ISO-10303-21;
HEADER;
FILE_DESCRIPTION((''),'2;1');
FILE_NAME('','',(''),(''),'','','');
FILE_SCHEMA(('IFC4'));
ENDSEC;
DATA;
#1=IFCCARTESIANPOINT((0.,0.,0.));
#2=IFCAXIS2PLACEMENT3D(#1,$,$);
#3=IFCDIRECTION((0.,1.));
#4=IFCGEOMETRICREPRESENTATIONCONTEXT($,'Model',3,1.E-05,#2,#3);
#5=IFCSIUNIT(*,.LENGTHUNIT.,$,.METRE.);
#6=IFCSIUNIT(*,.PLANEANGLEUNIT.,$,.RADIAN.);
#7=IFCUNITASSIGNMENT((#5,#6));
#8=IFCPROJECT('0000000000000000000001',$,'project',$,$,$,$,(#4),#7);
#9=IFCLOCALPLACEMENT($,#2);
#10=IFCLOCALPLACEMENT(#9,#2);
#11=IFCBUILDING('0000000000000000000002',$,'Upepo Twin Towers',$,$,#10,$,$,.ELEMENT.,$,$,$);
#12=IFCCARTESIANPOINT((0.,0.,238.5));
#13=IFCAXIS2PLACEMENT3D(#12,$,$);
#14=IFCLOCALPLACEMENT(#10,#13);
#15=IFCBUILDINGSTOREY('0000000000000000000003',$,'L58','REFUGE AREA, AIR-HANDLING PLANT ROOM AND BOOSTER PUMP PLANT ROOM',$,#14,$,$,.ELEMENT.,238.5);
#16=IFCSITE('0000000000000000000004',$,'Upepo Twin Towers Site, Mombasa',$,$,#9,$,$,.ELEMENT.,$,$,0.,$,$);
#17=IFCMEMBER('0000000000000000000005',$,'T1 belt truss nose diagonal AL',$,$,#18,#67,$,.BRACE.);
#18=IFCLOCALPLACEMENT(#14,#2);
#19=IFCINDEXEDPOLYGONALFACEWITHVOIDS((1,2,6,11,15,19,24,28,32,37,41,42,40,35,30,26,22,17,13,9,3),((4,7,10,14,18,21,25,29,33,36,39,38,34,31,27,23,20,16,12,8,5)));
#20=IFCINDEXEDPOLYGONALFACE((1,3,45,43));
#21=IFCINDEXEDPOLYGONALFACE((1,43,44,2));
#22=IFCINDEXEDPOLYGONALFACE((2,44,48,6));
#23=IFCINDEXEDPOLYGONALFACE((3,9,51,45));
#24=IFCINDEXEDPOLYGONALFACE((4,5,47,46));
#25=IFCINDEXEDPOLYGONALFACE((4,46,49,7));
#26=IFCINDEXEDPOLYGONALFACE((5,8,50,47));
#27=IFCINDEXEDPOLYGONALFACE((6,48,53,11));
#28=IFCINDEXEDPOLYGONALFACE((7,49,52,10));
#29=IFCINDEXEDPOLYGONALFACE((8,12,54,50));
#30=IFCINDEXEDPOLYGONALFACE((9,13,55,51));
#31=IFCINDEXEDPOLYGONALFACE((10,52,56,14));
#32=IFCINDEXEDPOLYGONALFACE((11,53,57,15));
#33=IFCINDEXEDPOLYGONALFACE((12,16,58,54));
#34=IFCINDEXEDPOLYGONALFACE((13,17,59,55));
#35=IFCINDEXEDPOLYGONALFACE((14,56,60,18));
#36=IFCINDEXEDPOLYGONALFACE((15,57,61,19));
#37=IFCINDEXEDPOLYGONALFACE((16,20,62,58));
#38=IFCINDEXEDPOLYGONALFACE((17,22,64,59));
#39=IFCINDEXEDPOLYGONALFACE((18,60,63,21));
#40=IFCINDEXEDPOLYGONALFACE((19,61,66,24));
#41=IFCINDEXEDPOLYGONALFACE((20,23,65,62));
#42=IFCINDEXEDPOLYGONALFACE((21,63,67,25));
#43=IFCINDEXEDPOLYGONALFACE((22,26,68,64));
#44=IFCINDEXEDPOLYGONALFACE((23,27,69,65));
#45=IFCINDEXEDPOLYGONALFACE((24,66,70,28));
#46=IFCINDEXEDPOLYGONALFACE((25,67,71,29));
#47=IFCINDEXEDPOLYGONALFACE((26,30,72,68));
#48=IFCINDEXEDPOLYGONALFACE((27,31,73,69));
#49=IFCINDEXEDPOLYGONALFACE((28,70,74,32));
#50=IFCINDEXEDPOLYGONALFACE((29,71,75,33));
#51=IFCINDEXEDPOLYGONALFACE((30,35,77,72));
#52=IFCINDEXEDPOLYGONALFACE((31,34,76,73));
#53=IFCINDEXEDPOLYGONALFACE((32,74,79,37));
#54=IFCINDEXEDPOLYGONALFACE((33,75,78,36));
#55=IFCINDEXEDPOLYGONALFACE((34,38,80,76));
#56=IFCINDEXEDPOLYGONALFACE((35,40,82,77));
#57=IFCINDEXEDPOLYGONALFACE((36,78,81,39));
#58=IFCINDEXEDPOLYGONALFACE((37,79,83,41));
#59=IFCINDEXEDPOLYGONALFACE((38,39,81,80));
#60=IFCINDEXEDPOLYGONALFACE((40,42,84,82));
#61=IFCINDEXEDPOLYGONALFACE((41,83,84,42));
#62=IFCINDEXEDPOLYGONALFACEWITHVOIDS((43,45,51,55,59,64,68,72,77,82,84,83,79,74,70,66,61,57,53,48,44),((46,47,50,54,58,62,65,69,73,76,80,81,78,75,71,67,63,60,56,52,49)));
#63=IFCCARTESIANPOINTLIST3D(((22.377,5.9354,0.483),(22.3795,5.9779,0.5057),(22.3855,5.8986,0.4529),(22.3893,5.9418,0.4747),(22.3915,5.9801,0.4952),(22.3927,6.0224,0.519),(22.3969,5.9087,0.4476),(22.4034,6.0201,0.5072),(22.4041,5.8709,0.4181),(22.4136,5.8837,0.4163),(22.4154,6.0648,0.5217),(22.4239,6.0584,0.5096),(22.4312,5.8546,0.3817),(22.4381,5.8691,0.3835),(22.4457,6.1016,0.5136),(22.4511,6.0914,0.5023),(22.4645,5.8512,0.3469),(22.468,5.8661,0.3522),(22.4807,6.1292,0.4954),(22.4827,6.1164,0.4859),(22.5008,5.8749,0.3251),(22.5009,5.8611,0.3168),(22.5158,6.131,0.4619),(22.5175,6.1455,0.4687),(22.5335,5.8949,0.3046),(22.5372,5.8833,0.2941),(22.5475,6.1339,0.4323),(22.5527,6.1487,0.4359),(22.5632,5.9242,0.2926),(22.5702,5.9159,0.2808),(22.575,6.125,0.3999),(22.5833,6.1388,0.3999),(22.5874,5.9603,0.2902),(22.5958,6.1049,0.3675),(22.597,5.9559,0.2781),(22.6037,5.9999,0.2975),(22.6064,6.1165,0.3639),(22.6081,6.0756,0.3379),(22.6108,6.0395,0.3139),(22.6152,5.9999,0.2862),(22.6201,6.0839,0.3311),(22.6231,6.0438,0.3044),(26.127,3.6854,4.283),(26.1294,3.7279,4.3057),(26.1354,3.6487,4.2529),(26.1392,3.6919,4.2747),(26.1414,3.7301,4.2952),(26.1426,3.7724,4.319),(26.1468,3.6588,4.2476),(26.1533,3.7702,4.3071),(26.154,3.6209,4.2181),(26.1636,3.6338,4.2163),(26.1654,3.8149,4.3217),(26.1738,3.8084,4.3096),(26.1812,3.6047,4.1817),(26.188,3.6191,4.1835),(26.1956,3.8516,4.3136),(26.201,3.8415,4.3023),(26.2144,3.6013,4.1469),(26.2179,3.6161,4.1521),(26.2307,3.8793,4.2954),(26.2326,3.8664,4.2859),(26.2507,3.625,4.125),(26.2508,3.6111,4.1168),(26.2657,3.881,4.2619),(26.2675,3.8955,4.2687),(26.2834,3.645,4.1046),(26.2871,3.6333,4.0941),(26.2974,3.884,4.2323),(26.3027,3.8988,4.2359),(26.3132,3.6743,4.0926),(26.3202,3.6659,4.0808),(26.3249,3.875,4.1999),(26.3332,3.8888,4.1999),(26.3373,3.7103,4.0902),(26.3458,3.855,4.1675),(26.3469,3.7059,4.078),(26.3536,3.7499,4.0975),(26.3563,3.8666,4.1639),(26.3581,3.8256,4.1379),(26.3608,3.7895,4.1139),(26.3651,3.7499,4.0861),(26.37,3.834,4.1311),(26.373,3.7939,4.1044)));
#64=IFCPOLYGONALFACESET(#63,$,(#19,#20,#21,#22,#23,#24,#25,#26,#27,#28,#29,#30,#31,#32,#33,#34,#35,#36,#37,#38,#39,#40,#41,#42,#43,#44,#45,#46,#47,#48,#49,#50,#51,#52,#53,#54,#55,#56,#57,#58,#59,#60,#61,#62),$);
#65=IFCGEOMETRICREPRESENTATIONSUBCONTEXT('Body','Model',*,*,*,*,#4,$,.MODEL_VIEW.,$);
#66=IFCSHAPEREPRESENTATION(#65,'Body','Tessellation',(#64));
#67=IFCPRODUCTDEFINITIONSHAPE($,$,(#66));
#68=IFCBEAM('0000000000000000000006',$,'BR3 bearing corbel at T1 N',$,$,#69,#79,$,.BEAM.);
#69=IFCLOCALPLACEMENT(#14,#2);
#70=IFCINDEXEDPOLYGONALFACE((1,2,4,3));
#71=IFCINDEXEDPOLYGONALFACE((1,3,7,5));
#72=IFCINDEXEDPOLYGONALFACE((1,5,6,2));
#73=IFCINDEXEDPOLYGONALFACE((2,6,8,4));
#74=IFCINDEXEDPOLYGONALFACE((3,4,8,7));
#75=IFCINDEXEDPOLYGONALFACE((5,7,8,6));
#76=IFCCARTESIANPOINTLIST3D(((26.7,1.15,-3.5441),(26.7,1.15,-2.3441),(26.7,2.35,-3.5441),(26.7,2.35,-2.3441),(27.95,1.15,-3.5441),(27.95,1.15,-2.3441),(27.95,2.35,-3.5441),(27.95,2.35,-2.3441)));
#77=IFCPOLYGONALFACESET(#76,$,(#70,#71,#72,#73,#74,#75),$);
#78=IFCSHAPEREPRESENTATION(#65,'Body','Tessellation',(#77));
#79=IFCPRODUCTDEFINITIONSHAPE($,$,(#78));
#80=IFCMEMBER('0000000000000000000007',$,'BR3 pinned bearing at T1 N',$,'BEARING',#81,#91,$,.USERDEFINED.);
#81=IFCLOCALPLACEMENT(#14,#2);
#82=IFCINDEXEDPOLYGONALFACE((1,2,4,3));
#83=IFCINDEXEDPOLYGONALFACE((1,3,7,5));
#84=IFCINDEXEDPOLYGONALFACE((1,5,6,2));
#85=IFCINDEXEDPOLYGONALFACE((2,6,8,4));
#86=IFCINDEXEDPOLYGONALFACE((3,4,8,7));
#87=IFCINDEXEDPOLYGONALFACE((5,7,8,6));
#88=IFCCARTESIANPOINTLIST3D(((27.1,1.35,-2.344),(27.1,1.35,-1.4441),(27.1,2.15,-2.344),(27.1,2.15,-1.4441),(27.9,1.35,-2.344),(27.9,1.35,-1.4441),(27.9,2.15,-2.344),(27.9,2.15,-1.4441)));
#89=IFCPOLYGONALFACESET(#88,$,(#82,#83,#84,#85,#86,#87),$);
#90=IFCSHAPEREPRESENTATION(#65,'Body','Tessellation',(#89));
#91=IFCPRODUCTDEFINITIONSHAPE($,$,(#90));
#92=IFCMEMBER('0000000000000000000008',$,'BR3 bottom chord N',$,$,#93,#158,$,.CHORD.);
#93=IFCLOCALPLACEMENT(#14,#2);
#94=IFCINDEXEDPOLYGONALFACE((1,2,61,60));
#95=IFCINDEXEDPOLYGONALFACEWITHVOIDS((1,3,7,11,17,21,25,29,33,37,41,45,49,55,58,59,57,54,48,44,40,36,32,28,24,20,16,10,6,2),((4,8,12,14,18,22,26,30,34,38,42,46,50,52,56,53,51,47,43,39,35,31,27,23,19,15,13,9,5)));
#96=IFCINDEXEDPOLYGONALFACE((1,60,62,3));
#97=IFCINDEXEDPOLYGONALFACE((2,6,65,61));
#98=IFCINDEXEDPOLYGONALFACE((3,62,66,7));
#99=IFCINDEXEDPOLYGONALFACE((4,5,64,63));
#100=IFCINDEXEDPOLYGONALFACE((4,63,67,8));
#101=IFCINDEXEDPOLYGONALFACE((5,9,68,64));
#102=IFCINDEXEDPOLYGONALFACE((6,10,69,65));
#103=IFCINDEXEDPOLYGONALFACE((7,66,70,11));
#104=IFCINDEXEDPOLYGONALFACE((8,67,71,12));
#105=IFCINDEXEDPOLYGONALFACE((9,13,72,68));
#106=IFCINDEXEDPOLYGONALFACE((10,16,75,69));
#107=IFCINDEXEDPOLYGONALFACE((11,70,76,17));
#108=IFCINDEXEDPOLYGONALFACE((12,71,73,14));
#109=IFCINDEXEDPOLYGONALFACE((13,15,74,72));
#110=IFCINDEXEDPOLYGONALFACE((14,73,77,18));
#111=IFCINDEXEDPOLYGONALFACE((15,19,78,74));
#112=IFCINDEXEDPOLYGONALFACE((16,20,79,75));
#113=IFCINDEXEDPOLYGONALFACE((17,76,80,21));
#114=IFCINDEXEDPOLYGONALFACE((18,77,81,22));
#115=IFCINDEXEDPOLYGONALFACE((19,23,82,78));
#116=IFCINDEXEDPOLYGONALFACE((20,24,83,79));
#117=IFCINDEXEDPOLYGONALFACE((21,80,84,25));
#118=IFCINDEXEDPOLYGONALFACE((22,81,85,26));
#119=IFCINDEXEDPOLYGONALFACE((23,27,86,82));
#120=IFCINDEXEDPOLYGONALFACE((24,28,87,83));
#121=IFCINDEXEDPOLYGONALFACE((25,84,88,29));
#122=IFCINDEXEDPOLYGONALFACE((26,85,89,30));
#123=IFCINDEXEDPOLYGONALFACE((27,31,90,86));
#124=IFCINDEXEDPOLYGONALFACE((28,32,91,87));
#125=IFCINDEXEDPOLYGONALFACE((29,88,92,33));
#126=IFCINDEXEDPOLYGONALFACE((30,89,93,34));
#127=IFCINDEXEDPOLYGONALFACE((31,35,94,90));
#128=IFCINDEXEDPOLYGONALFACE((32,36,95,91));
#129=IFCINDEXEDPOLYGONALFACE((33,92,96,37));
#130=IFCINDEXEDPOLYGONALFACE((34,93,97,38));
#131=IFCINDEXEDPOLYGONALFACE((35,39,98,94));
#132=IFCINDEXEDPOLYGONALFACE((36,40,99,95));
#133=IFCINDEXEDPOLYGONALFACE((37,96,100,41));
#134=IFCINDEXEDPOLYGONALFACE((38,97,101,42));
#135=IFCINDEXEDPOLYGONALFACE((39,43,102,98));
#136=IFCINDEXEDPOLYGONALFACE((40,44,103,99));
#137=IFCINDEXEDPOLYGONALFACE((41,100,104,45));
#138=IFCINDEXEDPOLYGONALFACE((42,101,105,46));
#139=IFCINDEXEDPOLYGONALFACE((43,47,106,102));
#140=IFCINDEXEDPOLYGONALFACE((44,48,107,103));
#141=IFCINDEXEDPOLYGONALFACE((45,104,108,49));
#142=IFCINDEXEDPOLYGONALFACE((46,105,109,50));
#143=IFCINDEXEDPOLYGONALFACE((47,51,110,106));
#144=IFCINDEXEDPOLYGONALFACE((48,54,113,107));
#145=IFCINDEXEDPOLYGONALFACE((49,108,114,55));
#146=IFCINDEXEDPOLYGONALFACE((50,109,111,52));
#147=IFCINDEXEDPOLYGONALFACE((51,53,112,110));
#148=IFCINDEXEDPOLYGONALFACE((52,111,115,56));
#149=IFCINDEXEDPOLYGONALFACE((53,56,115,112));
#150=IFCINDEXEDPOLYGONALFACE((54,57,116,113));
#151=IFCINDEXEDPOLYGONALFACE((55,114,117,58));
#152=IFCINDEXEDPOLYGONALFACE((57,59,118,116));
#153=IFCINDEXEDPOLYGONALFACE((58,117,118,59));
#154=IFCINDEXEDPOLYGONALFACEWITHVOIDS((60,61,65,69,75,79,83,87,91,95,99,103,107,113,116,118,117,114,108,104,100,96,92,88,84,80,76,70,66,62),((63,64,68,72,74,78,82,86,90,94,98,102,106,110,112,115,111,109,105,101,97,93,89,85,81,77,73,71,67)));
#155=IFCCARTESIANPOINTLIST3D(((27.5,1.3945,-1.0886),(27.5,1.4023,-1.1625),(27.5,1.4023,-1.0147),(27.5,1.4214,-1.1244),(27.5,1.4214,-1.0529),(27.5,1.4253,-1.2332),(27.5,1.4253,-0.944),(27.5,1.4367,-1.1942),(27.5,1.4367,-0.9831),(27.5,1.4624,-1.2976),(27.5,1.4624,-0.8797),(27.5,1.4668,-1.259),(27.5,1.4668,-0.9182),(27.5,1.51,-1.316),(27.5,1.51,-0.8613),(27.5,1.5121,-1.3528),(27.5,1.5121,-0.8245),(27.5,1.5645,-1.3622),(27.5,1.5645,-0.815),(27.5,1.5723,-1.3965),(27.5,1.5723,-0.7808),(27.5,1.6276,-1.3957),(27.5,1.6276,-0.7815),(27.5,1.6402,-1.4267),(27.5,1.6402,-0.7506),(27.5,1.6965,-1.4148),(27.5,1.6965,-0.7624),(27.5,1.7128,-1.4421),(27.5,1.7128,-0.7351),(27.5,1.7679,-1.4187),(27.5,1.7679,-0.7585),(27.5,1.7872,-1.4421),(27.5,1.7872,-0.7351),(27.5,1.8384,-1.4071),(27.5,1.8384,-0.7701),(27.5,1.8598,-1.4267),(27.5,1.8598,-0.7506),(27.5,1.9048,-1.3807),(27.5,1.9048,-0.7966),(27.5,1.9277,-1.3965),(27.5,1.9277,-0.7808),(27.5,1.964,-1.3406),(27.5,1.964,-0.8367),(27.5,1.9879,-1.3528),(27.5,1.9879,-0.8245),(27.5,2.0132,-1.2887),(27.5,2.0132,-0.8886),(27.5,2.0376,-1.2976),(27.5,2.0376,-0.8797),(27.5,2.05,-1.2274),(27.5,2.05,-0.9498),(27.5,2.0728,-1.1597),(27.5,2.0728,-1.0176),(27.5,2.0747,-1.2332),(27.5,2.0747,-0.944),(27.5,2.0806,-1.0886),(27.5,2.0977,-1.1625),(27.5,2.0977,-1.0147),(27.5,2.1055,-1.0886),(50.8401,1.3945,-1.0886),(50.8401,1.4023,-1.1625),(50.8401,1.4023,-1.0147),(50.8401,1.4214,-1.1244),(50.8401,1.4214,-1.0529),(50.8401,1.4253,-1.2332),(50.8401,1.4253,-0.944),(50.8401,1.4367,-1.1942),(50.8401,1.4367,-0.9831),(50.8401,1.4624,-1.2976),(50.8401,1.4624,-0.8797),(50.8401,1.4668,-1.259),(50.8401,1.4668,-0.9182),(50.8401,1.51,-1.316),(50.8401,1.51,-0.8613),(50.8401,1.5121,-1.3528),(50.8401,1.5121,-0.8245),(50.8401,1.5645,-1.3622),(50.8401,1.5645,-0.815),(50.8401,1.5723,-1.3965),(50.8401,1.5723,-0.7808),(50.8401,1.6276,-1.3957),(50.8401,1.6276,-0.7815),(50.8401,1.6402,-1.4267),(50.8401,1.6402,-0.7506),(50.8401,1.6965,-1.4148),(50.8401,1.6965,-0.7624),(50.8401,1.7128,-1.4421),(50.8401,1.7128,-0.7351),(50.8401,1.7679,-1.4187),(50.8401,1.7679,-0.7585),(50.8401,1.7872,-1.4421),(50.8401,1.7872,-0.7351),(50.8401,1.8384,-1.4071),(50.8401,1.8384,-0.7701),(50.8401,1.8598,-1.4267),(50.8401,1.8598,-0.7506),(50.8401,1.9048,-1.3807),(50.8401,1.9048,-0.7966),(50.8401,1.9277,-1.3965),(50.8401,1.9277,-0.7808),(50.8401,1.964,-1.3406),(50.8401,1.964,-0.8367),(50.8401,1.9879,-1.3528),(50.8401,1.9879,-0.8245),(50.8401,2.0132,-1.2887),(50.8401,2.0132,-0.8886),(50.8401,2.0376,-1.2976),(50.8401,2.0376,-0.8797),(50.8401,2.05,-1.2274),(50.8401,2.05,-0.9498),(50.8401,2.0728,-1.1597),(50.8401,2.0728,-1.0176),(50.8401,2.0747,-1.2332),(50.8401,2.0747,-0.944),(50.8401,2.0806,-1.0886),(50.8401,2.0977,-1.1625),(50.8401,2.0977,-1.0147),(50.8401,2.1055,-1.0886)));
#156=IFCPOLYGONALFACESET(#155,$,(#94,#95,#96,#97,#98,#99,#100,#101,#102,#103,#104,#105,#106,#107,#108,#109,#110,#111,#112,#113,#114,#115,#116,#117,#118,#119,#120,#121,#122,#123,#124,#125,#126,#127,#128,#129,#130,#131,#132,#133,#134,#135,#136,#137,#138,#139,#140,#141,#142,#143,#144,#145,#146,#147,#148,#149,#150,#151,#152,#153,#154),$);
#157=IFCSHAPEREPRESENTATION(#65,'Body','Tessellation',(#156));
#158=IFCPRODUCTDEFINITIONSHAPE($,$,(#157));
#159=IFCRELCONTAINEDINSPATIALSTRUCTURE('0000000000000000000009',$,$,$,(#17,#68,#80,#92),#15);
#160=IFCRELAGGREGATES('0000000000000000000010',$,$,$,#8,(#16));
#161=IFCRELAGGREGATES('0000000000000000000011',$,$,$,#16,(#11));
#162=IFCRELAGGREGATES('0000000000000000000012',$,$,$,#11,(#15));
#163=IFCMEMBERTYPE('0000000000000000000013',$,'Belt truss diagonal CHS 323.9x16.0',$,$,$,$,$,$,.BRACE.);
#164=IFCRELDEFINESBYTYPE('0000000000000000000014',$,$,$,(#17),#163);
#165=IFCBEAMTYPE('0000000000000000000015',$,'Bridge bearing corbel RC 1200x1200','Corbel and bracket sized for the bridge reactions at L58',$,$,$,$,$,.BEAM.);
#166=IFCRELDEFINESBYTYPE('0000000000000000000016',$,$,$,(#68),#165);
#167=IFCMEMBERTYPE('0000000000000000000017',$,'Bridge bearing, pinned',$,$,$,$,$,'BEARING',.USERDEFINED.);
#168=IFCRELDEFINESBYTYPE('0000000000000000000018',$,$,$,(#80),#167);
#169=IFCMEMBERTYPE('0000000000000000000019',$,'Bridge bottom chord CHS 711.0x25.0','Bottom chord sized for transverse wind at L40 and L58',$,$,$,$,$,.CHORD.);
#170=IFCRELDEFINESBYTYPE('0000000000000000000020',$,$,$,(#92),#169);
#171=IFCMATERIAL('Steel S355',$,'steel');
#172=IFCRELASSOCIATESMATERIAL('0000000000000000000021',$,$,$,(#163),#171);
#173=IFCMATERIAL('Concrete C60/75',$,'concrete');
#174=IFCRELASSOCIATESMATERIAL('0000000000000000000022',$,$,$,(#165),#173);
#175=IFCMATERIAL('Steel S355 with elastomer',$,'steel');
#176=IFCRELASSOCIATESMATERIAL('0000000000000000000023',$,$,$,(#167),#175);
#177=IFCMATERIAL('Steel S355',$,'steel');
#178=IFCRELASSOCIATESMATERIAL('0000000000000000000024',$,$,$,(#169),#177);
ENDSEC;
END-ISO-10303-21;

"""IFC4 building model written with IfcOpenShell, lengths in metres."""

from ifc_helpers import new_model, si_unit, direction, frame, origin, origin_2d, place, context, subcontext, project, spatial, rectangle, hollow_circle, extrude, material, material_profile, profile_set, type_object, element, save


model = new_model("IFC4")

# Units and contexts
model_context = context("Model", 3, precision=1e-05, world=origin(), true_north=direction((0.0, 1.0)))
body_context = subcontext(model_context, "Body", "Model", "MODEL_VIEW")
ifc_project = project(units=[si_unit("LENGTHUNIT", "METRE"), si_unit("PLANEANGLEUNIT", "RADIAN")], contexts=[model_context])

# Site, building, storey
site_placement = place(None, origin())
site = spatial("IfcSite", under=ifc_project, at=site_placement, Name="Upepo Twin Towers Site, Mombasa", CompositionType="ELEMENT", RefElevation=0.0)
building_placement = place(site_placement, origin())
building = spatial("IfcBuilding", under=site, at=building_placement, Name="Upepo Twin Towers", CompositionType="ELEMENT")
storey_placement = place(building_placement, frame((0.0, 0.0, 238.5)))
storey = spatial("IfcBuildingStorey", under=building, at=storey_placement, Name="L58", Description="REFUGE AREA, AIR-HANDLING PLANT ROOM AND BOOSTER PUMP PLANT ROOM", CompositionType="ELEMENT", Elevation=238.5)

# Member
ifc_material_1 = material(Name="Steel S355", Category="steel")
ifc_material_profile_1 = material_profile(ifc_material_1, hollow_circle(Radius=0.1619, WallThickness=0.0161, at=origin_2d()), Name="CHS 323.9x16.0")
ifc_profile_set_1 = profile_set([ifc_material_profile_1], Name="Steel S355")
member_type_1 = type_object("IfcMemberType", Name="Belt truss diagonal CHS 323.9x16.0", PredefinedType="BRACE", material=ifc_profile_set_1)
member_1_placement = place(storey_placement, frame((22.5, 6.0, 0.3999), z_axis=(0.64727, -0.388362, 0.655909), x_axis=(0.514496, 0.857493, 0.0)))
element("IfcMember", 1, at=member_1_placement, inside=storey, type_object=member_type_1, Name="T1 belt truss nose diagonal AL", PredefinedType="BRACE", context=body_context, shape_type="SweptSolid", body=[
    extrude(hollow_circle(Radius=0.1619, WallThickness=0.0161, at=origin_2d()), origin(), (0.0, 0.0, 1.0), 5.7935),
])

# Beam
ifc_material_2 = material(Name="Concrete C60/75", Category="concrete")
ifc_material_profile_2 = material_profile(ifc_material_2, rectangle(XDim=1.2, YDim=1.2, at=origin_2d()), Name="RC 1200x1200")
ifc_profile_set_2 = profile_set([ifc_material_profile_2], Name="Concrete C60/75")
beam_type_1 = type_object("IfcBeamType", Name="Bridge bearing corbel RC 1200x1200", Description="Corbel and bracket sized for the bridge reactions at L58", PredefinedType="BEAM", material=ifc_profile_set_2)
beam_1_placement = place(storey_placement, frame((26.7, 1.75, -2.9441), z_axis=(1.0, 0.0, 0.0), x_axis=(0.0, 1.0, 0.0)))
element("IfcBeam", 2, at=beam_1_placement, inside=storey, type_object=beam_type_1, Name="BR3 bearing corbel at T1 N", PredefinedType="BEAM", context=body_context, shape_type="SweptSolid", body=[
    extrude(rectangle(XDim=1.2, YDim=1.2, at=origin_2d()), origin(), (0.0, 0.0, 1.0), 1.25),
])

# Members
ifc_material_3 = material(Name="Steel S355 with elastomer", Category="steel")
ifc_material_profile_3 = material_profile(ifc_material_3, rectangle(XDim=0.8, YDim=0.8, at=origin_2d()), Name="BEARING 800x800 PINNED")
ifc_profile_set_3 = profile_set([ifc_material_profile_3], Name="Steel S355 with elastomer")
member_type_2 = type_object("IfcMemberType", Name="Bridge bearing, pinned", ElementType="BEARING", PredefinedType="USERDEFINED", material=ifc_profile_set_3)
member_2_placement = place(storey_placement, frame((27.5, 1.75, -2.344), z_axis=(0.0, 0.0, 1.0), x_axis=(1.0, 0.0, 0.0)))
element("IfcMember", 3, at=member_2_placement, inside=storey, type_object=member_type_2, Name="BR3 pinned bearing at T1 N", ObjectType="BEARING", PredefinedType="USERDEFINED", context=body_context, shape_type="SweptSolid", body=[
    extrude(rectangle(XDim=0.8, YDim=0.8, at=origin_2d()), origin(), (0.0, 0.0, 1.0), 0.8999),
])
ifc_material_4 = material(Name="Steel S355", Category="steel")
ifc_material_profile_4 = material_profile(ifc_material_4, hollow_circle(Radius=0.3555, WallThickness=0.0249, at=origin_2d()), Name="CHS 711.0x25.0")
ifc_profile_set_4 = profile_set([ifc_material_profile_4], Name="Steel S355")
member_type_3 = type_object("IfcMemberType", Name="Bridge bottom chord CHS 711.0x25.0", Description="Bottom chord sized for transverse wind at L40 and L58", PredefinedType="CHORD", material=ifc_profile_set_4)
member_3_placement = place(storey_placement, frame((27.5, 1.75, -1.0886), z_axis=(1.0, 0.0, 0.0), x_axis=(0.0, 1.0, 0.0)))
element("IfcMember", 4, at=member_3_placement, inside=storey, type_object=member_type_3, Name="BR3 bottom chord N", PredefinedType="CHORD", context=body_context, shape_type="SweptSolid", body=[
    extrude(hollow_circle(Radius=0.3555, WallThickness=0.0249, at=origin_2d()), origin(), (0.0, 0.0, 1.0), 23.3401),
])

save(model, "model.ifc")
